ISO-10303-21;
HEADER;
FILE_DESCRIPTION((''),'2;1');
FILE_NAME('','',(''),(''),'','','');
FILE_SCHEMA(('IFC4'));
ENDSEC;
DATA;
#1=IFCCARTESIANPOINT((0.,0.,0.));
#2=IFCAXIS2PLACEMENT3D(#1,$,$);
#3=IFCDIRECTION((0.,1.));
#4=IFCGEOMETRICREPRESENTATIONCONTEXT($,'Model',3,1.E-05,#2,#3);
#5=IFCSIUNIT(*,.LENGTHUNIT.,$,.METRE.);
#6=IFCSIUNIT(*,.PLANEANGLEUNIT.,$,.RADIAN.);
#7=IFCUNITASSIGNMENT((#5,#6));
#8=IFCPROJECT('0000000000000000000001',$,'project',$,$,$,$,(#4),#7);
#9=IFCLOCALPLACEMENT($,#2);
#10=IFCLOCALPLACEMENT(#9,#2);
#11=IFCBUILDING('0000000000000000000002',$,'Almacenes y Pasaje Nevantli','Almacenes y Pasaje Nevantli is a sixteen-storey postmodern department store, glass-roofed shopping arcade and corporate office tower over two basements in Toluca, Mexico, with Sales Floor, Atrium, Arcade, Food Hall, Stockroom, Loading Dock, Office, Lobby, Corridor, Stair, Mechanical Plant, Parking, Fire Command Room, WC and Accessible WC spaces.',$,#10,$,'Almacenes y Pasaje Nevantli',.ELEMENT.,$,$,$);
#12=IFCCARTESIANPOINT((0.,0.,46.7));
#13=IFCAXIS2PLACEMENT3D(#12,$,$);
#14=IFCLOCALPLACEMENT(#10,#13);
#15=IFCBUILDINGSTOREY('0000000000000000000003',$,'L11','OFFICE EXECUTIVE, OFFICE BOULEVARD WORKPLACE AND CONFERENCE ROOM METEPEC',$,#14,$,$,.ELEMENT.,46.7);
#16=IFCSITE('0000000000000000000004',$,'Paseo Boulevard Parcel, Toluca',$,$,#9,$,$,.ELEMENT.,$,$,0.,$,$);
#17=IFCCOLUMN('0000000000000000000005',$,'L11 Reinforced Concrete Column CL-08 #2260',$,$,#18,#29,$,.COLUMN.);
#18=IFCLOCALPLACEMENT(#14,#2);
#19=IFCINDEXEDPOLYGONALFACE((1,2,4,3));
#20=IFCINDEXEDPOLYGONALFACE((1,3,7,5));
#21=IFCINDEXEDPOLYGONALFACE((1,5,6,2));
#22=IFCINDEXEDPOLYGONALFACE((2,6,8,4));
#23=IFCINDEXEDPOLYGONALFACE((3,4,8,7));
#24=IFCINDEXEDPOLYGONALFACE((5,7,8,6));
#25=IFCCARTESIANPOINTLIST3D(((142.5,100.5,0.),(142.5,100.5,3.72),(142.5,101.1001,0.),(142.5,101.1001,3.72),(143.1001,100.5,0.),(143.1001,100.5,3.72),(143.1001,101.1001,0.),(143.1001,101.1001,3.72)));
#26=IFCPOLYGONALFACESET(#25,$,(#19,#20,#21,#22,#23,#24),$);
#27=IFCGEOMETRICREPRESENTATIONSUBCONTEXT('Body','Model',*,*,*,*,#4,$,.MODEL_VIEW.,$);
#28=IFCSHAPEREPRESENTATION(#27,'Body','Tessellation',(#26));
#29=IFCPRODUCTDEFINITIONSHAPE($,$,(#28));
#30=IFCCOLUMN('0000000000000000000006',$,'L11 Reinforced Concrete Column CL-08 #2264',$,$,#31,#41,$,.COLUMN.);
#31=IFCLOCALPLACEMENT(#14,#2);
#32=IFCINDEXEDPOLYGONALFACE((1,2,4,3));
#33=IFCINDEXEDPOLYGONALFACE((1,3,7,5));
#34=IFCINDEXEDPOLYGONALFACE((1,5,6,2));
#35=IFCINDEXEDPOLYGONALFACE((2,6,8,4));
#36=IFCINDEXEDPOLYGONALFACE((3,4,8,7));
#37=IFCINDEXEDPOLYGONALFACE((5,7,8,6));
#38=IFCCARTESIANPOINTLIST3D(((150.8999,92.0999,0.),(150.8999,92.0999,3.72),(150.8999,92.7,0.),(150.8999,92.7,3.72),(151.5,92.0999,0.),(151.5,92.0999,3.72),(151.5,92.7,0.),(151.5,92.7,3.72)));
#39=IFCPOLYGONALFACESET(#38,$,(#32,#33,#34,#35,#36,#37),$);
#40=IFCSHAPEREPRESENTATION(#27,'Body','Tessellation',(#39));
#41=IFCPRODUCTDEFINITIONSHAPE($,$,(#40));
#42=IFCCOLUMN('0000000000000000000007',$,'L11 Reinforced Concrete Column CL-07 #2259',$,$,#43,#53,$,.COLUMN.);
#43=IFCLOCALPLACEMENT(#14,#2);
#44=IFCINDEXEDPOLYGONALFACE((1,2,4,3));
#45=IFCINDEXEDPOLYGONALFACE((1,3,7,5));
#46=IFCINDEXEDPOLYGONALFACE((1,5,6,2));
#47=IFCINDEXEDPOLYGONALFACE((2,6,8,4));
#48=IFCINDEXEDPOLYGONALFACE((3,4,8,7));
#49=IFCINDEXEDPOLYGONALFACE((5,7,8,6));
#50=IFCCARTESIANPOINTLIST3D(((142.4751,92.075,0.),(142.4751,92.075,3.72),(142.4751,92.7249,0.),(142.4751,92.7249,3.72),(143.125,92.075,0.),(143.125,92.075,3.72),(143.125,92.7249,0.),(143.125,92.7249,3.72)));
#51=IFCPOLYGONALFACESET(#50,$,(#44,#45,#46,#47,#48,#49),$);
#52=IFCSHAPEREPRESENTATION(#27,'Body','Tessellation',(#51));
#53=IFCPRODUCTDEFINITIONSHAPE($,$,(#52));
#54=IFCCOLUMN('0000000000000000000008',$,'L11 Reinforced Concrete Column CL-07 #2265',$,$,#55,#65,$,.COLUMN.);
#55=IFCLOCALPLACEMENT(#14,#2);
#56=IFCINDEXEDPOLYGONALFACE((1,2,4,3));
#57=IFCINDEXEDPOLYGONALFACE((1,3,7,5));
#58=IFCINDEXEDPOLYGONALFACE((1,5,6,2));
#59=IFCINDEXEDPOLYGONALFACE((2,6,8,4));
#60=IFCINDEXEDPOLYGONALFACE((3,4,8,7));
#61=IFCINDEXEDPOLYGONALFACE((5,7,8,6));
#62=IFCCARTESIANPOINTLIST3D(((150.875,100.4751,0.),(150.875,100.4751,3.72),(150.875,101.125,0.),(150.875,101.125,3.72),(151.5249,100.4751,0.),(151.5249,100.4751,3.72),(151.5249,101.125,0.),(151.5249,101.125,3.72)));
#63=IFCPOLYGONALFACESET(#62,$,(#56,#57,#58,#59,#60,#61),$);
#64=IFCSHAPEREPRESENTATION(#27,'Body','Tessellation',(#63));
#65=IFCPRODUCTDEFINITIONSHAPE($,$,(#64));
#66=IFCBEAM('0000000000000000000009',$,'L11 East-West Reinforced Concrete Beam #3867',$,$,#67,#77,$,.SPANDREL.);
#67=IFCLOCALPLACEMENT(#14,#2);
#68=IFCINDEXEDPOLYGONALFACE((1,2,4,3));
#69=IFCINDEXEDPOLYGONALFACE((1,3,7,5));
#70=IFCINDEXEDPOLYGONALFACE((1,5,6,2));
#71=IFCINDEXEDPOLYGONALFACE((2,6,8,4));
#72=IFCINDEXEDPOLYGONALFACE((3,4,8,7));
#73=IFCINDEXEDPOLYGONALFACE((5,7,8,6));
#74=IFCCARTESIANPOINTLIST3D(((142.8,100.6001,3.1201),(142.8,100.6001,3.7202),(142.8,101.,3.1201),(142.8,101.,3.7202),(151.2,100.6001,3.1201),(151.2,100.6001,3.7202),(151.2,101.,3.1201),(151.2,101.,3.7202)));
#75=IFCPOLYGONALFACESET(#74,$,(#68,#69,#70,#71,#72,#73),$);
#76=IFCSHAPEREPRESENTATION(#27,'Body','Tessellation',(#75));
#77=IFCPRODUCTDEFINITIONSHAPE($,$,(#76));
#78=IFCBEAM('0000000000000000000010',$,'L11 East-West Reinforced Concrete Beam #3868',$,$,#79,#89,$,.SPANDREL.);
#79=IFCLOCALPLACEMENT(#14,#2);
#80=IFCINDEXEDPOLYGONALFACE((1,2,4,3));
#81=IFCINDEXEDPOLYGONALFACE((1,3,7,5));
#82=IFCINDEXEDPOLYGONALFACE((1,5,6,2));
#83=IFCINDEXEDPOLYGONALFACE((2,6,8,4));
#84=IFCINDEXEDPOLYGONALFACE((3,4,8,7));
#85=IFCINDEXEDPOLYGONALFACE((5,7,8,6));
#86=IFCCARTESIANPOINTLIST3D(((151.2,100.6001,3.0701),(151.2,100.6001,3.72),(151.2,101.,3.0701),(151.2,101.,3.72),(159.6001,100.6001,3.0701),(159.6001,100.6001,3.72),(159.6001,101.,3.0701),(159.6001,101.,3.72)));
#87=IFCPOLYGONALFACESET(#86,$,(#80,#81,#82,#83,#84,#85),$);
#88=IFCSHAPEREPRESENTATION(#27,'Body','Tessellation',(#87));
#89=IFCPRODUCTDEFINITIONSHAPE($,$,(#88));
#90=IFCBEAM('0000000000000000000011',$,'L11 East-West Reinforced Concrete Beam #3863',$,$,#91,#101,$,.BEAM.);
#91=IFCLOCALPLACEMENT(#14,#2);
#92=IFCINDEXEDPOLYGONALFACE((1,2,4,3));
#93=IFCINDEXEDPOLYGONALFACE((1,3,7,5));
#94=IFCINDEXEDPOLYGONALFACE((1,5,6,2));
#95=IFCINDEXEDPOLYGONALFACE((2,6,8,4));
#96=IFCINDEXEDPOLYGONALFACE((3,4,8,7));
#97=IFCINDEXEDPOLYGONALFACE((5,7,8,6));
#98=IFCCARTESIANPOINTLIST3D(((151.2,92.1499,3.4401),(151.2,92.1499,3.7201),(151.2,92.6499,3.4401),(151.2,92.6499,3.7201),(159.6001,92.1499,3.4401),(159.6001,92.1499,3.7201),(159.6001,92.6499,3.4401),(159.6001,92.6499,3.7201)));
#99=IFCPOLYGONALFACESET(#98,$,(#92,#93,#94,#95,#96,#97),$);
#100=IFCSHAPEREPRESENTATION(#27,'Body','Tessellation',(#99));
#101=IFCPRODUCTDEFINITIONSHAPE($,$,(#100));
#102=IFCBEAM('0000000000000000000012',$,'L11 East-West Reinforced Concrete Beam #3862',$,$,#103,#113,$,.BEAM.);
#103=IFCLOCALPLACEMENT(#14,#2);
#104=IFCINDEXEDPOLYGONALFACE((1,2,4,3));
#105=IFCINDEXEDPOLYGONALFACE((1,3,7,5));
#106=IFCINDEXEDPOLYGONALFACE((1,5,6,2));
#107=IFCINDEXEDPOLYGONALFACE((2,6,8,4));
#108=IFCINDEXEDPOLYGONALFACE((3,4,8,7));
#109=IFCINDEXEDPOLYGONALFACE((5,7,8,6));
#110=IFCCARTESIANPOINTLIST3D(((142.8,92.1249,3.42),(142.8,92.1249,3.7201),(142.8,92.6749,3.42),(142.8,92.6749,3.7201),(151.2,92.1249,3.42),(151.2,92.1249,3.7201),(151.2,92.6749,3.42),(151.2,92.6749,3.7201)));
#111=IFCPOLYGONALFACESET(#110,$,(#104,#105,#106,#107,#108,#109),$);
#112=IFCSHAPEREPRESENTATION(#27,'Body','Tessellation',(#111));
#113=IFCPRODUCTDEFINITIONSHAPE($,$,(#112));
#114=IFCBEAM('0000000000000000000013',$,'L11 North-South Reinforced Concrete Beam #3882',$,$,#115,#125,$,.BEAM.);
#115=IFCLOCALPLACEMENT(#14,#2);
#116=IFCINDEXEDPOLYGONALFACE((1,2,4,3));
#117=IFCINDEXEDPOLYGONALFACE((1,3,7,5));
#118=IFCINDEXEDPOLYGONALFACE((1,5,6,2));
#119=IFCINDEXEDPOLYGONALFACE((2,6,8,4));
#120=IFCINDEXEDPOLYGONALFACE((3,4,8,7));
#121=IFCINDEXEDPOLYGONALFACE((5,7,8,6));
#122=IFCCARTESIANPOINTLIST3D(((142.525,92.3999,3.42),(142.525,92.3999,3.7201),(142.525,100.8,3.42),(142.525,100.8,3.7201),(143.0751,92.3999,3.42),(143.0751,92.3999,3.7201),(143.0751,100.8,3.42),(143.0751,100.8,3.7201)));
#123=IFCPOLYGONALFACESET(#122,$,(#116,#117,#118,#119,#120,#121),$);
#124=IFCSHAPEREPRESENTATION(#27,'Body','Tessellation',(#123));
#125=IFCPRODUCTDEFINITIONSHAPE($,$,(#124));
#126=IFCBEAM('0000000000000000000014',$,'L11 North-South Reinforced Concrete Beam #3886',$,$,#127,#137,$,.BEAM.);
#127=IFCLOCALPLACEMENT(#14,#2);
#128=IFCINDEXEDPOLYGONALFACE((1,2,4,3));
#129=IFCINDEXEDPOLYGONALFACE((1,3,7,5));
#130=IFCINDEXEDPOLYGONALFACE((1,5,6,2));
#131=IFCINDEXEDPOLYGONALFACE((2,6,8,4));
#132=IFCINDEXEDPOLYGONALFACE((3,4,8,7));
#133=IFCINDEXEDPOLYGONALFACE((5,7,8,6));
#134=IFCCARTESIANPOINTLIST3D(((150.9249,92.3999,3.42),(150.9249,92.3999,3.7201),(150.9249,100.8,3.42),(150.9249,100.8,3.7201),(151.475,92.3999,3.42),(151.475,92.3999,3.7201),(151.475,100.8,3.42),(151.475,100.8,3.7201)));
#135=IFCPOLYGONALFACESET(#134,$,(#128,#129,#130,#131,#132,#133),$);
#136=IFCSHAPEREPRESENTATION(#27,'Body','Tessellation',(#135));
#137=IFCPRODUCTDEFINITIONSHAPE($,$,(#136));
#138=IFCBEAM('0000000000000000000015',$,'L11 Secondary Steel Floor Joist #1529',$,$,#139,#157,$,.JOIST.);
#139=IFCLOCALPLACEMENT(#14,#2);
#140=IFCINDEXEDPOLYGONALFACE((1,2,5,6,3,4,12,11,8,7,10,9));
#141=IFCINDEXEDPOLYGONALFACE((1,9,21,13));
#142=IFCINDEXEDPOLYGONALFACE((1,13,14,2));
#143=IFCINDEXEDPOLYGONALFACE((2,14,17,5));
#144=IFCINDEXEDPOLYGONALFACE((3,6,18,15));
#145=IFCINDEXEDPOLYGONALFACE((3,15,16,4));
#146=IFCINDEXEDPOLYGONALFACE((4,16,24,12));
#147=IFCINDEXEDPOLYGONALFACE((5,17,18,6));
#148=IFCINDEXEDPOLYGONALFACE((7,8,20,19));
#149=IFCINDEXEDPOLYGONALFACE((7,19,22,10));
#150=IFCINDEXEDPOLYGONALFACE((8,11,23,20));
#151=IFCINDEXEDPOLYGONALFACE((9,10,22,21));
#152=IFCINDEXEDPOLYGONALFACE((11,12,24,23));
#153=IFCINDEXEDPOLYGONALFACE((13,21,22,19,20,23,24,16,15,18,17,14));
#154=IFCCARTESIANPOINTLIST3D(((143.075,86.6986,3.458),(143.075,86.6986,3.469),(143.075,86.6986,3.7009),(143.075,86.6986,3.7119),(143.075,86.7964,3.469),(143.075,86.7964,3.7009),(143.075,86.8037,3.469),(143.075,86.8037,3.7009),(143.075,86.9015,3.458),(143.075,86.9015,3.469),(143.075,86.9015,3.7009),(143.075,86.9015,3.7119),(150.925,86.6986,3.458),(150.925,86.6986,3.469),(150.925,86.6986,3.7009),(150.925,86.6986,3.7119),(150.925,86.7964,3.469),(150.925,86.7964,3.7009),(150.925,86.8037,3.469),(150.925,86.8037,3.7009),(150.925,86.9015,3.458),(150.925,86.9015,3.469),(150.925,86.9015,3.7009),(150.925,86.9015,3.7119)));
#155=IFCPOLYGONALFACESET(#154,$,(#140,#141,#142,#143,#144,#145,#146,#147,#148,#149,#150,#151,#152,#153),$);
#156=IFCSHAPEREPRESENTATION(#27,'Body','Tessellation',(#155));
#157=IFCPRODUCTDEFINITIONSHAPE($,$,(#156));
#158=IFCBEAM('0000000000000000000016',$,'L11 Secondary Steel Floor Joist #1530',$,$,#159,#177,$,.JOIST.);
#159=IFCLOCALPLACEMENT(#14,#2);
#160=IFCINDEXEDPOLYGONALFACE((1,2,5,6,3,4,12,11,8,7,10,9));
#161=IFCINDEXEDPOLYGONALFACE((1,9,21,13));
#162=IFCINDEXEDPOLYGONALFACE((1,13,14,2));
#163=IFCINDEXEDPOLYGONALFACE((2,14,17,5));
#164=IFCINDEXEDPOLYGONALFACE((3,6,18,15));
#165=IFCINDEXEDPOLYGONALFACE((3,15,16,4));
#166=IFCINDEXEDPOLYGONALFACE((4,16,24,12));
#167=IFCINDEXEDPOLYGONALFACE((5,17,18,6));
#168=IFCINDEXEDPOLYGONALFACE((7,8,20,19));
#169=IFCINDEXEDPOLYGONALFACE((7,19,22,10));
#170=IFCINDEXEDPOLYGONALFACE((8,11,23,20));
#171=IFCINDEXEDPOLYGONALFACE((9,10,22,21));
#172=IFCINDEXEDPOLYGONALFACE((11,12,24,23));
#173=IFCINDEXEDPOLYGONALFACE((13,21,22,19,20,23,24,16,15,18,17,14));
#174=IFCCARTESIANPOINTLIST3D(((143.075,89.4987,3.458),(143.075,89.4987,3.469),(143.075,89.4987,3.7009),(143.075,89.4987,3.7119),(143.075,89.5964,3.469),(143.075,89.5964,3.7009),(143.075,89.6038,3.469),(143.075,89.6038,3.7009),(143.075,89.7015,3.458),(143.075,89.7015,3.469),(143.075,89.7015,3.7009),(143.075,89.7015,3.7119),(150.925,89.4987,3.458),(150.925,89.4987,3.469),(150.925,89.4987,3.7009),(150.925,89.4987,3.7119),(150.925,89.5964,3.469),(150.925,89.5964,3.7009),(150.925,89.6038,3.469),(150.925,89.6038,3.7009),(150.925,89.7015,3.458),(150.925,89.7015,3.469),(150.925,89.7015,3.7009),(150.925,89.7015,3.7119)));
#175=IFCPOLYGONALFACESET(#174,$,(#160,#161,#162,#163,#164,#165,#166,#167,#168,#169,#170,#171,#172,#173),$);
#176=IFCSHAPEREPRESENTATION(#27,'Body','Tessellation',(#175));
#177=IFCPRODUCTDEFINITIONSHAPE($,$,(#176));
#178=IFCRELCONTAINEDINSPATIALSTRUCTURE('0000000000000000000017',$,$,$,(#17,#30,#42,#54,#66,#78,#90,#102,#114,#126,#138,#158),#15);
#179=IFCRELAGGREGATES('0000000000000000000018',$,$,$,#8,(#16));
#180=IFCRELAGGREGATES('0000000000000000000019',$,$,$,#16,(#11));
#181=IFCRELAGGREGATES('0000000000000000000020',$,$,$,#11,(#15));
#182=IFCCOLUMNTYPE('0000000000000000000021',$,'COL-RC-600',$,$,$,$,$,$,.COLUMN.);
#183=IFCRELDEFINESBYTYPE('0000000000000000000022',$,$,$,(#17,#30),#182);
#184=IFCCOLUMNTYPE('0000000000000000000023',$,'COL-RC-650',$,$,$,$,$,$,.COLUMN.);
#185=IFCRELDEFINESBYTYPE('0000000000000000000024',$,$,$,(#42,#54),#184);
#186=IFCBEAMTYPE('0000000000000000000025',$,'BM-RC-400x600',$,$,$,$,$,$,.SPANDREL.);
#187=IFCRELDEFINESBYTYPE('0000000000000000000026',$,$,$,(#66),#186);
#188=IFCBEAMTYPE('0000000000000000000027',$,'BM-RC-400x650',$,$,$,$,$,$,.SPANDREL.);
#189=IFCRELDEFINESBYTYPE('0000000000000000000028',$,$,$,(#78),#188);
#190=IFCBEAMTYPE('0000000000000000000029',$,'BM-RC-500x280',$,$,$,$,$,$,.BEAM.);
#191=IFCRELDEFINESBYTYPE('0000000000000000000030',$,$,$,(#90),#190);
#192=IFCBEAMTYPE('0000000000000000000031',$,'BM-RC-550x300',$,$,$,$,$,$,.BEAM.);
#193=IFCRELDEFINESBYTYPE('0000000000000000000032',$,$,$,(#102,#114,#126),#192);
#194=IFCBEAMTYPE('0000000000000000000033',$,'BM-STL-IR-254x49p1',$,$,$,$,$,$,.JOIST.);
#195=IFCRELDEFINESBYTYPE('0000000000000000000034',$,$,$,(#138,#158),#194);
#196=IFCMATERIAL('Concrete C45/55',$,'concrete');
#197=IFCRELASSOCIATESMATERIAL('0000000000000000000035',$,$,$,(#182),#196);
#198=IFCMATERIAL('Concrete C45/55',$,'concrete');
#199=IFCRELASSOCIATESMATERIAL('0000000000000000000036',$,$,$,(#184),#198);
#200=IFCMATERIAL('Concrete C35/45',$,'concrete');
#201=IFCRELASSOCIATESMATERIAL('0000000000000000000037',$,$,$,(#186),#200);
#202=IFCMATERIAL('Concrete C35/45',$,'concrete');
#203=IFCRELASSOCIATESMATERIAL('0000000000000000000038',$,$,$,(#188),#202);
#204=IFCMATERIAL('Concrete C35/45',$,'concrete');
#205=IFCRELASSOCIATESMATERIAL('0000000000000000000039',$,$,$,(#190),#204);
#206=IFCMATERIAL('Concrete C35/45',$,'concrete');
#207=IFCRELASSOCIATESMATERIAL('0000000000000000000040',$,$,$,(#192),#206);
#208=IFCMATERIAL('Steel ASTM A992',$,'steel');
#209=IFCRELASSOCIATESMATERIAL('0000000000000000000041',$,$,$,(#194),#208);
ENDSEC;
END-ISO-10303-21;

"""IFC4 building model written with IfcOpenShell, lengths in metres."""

from ifc_helpers import new_model, si_unit, direction, frame, origin, origin_2d, place, context, subcontext, project, spatial, rectangle, i_section, extrude, material, material_profile, profile_set, type_object, element, save


model = new_model("IFC4")

# Units and contexts
model_context = context("Model", 3, precision=1e-05, world=origin(), true_north=direction((0.0, 1.0)))
body_context = subcontext(model_context, "Body", "Model", "MODEL_VIEW")
ifc_project = project(units=[si_unit("LENGTHUNIT", "METRE"), si_unit("PLANEANGLEUNIT", "RADIAN")], contexts=[model_context])

# Site, building, storey
site_placement = place(None, origin())
site = spatial("IfcSite", under=ifc_project, at=site_placement, Name="Paseo Boulevard Parcel, Toluca", CompositionType="ELEMENT", RefElevation=0.0)
building_placement = place(site_placement, origin())
building = spatial("IfcBuilding", under=site, at=building_placement, Name="Almacenes y Pasaje Nevantli", Description="Almacenes y Pasaje Nevantli is a sixteen-storey postmodern department store, glass-roofed shopping arcade and corporate office tower over two basements in Toluca, Mexico, with Sales Floor, Atrium, Arcade, Food Hall, Stockroom, Loading Dock, Office, Lobby, Corridor, Stair, Mechanical Plant, Parking, Fire Command Room, WC and Accessible WC spaces.", LongName="Almacenes y Pasaje Nevantli", CompositionType="ELEMENT")
storey_placement = place(building_placement, frame((0.0, 0.0, 46.7)))
storey = spatial("IfcBuildingStorey", under=building, at=storey_placement, Name="L11", Description="OFFICE EXECUTIVE, OFFICE BOULEVARD WORKPLACE AND CONFERENCE ROOM METEPEC", CompositionType="ELEMENT", Elevation=46.7)

# Columns
ifc_material_1 = material(Name="Concrete C45/55", Category="concrete")
ifc_material_profile_1 = material_profile(ifc_material_1, rectangle(XDim=0.6001, YDim=0.6001, at=origin_2d()), Name="RC-COL-600x600")
ifc_profile_set_1 = profile_set([ifc_material_profile_1], Name="Concrete C45/55")
column_type_1 = type_object("IfcColumnType", Name="COL-RC-600", PredefinedType="COLUMN", material=ifc_profile_set_1)
for number, where, z_axis, x_axis, name in (
    (1, (142.8, 100.8, 0.0), (0.0, 0.0, 1.0), (1.0, 0.0, 0.0), "L11 Reinforced Concrete Column CL-08 #2260"),
    (2, (151.2, 92.3999, 0.0), (0.0, 0.0, 1.0), (1.0, 0.0, 0.0), "L11 Reinforced Concrete Column CL-08 #2264"),
):
    element("IfcColumn", number, at=place(storey_placement, frame(where, z_axis=z_axis, x_axis=x_axis)), inside=storey, type_object=column_type_1, Name=name, PredefinedType="COLUMN", context=body_context, shape_type="SweptSolid", body=[
        extrude(rectangle(XDim=0.6001, YDim=0.6001, at=origin_2d()), origin(), (0.0, 0.0, 1.0), 3.72),
    ])
ifc_material_2 = material(Name="Concrete C45/55", Category="concrete")
ifc_material_profile_2 = material_profile(ifc_material_2, rectangle(XDim=0.6499, YDim=0.6499, at=origin_2d()), Name="RC-COL-650x650")
ifc_profile_set_2 = profile_set([ifc_material_profile_2], Name="Concrete C45/55")
column_type_2 = type_object("IfcColumnType", Name="COL-RC-650", PredefinedType="COLUMN", material=ifc_profile_set_2)
for number, where, z_axis, x_axis, name in (
    (3, (142.8, 92.3999, 0.0), (0.0, 0.0, 1.0), (1.0, 0.0, 0.0), "L11 Reinforced Concrete Column CL-07 #2259"),
    (4, (151.2, 100.8, 0.0), (0.0, 0.0, 1.0), (1.0, 0.0, 0.0), "L11 Reinforced Concrete Column CL-07 #2265"),
):
    element("IfcColumn", number, at=place(storey_placement, frame(where, z_axis=z_axis, x_axis=x_axis)), inside=storey, type_object=column_type_2, Name=name, PredefinedType="COLUMN", context=body_context, shape_type="SweptSolid", body=[
        extrude(rectangle(XDim=0.6499, YDim=0.6499, at=origin_2d()), origin(), (0.0, 0.0, 1.0), 3.72),
    ])

# Beams
ifc_material_3 = material(Name="Concrete C35/45", Category="concrete")
ifc_material_profile_3 = material_profile(ifc_material_3, rectangle(XDim=0.3999, YDim=0.6001, at=origin_2d()), Name="RC-BM-400x600")
ifc_profile_set_3 = profile_set([ifc_material_profile_3], Name="Concrete C35/45")
beam_type_1 = type_object("IfcBeamType", Name="BM-RC-400x600", PredefinedType="SPANDREL", material=ifc_profile_set_3)
beam_1_placement = place(storey_placement, frame((142.8, 100.8, 3.4202), z_axis=(1.0, 0.0, 0.0), x_axis=(0.0, 1.0, 0.0)))
element("IfcBeam", 5, at=beam_1_placement, inside=storey, type_object=beam_type_1, Name="L11 East-West Reinforced Concrete Beam #3867", PredefinedType="SPANDREL", context=body_context, shape_type="SweptSolid", body=[
    extrude(rectangle(XDim=0.3999, YDim=0.6001, at=origin_2d()), origin(), (0.0, 0.0, 1.0), 8.3999),
])
ifc_material_4 = material(Name="Concrete C35/45", Category="concrete")
ifc_material_profile_4 = material_profile(ifc_material_4, rectangle(XDim=0.3999, YDim=0.6499, at=origin_2d()), Name="RC-BM-400x650")
ifc_profile_set_4 = profile_set([ifc_material_profile_4], Name="Concrete C35/45")
beam_type_2 = type_object("IfcBeamType", Name="BM-RC-400x650", PredefinedType="SPANDREL", material=ifc_profile_set_4)
beam_2_placement = place(storey_placement, frame((151.2, 100.8, 3.395), z_axis=(1.0, 0.0, 0.0), x_axis=(0.0, 1.0, 0.0)))
element("IfcBeam", 6, at=beam_2_placement, inside=storey, type_object=beam_type_2, Name="L11 East-West Reinforced Concrete Beam #3868", PredefinedType="SPANDREL", context=body_context, shape_type="SweptSolid", body=[
    extrude(rectangle(XDim=0.3999, YDim=0.6499, at=origin_2d()), origin(), (0.0, 0.0, 1.0), 8.4001),
])
ifc_material_5 = material(Name="Concrete C35/45", Category="concrete")
ifc_material_profile_5 = material_profile(ifc_material_5, rectangle(XDim=0.5, YDim=0.28, at=origin_2d()), Name="RC-BM-500x280")
ifc_profile_set_5 = profile_set([ifc_material_profile_5], Name="Concrete C35/45")
beam_type_3 = type_object("IfcBeamType", Name="BM-RC-500x280", PredefinedType="BEAM", material=ifc_profile_set_5)
beam_3_placement = place(storey_placement, frame((151.2, 92.3999, 3.5801), z_axis=(1.0, 0.0, 0.0), x_axis=(0.0, 1.0, 0.0)))
element("IfcBeam", 7, at=beam_3_placement, inside=storey, type_object=beam_type_3, Name="L11 East-West Reinforced Concrete Beam #3863", PredefinedType="BEAM", context=body_context, shape_type="SweptSolid", body=[
    extrude(rectangle(XDim=0.5, YDim=0.28, at=origin_2d()), origin(), (0.0, 0.0, 1.0), 8.4001),
])
ifc_material_6 = material(Name="Concrete C35/45", Category="concrete")
ifc_material_profile_6 = material_profile(ifc_material_6, rectangle(XDim=0.55, YDim=0.3, at=origin_2d()), Name="RC-BM-550x300")
ifc_profile_set_6 = profile_set([ifc_material_profile_6], Name="Concrete C35/45")
beam_type_4 = type_object("IfcBeamType", Name="BM-RC-550x300", PredefinedType="BEAM", material=ifc_profile_set_6)
beam_4_placement = place(storey_placement, frame((142.8, 92.3999, 3.5701), z_axis=(1.0, 0.0, 0.0), x_axis=(0.0, 1.0, 0.0)))
element("IfcBeam", 8, at=beam_4_placement, inside=storey, type_object=beam_type_4, Name="L11 East-West Reinforced Concrete Beam #3862", PredefinedType="BEAM", context=body_context, shape_type="SweptSolid", body=[
    extrude(rectangle(XDim=0.55, YDim=0.3, at=origin_2d()), origin(), (0.0, 0.0, 1.0), 8.3999),
])
for number, where, z_axis, x_axis, name in (
    (9, (142.8, 92.3999, 3.5701), (0.0, 1.0, 0.0), (-1.0, 0.0, 0.0), "L11 North-South Reinforced Concrete Beam #3882"),
    (10, (151.2, 92.3999, 3.5701), (0.0, 1.0, 0.0), (-1.0, 0.0, 0.0), "L11 North-South Reinforced Concrete Beam #3886"),
):
    element("IfcBeam", number, at=place(storey_placement, frame(where, z_axis=z_axis, x_axis=x_axis)), inside=storey, type_object=beam_type_4, Name=name, PredefinedType="BEAM", context=body_context, shape_type="SweptSolid", body=[
        extrude(rectangle(XDim=0.55, YDim=0.3, at=origin_2d()), origin(), (0.0, 0.0, 1.0), 8.4001),
    ])
ifc_material_7 = material(Name="Steel ASTM A992", Category="steel")
ifc_material_profile_7 = material_profile(ifc_material_7, i_section(OverallWidth=0.2029, OverallDepth=0.2539, WebThickness=0.0073, FlangeThickness=0.011, at=origin_2d()), Name="IR 254x49.1")
ifc_profile_set_7 = profile_set([ifc_material_profile_7], Name="Steel ASTM A992")
beam_type_5 = type_object("IfcBeamType", Name="BM-STL-IR-254x49p1", PredefinedType="JOIST", material=ifc_profile_set_7)
for number, where, z_axis, x_axis, name in (
    (11, (143.075, 86.8, 3.585), (1.0, 0.0, 0.0), (0.0, 1.0, 0.0), "L11 Secondary Steel Floor Joist #1529"),
    (12, (143.075, 89.6001, 3.585), (1.0, 0.0, 0.0), (0.0, 1.0, 0.0), "L11 Secondary Steel Floor Joist #1530"),
):
    element("IfcBeam", number, at=place(storey_placement, frame(where, z_axis=z_axis, x_axis=x_axis)), inside=storey, type_object=beam_type_5, Name=name, PredefinedType="JOIST", context=body_context, shape_type="SweptSolid", body=[
        extrude(i_section(OverallWidth=0.2029, OverallDepth=0.2539, WebThickness=0.0073, FlangeThickness=0.011, at=origin_2d()), origin(), (0.0, 0.0, 1.0), 7.8501),
    ])

save(model, "model.ifc")
